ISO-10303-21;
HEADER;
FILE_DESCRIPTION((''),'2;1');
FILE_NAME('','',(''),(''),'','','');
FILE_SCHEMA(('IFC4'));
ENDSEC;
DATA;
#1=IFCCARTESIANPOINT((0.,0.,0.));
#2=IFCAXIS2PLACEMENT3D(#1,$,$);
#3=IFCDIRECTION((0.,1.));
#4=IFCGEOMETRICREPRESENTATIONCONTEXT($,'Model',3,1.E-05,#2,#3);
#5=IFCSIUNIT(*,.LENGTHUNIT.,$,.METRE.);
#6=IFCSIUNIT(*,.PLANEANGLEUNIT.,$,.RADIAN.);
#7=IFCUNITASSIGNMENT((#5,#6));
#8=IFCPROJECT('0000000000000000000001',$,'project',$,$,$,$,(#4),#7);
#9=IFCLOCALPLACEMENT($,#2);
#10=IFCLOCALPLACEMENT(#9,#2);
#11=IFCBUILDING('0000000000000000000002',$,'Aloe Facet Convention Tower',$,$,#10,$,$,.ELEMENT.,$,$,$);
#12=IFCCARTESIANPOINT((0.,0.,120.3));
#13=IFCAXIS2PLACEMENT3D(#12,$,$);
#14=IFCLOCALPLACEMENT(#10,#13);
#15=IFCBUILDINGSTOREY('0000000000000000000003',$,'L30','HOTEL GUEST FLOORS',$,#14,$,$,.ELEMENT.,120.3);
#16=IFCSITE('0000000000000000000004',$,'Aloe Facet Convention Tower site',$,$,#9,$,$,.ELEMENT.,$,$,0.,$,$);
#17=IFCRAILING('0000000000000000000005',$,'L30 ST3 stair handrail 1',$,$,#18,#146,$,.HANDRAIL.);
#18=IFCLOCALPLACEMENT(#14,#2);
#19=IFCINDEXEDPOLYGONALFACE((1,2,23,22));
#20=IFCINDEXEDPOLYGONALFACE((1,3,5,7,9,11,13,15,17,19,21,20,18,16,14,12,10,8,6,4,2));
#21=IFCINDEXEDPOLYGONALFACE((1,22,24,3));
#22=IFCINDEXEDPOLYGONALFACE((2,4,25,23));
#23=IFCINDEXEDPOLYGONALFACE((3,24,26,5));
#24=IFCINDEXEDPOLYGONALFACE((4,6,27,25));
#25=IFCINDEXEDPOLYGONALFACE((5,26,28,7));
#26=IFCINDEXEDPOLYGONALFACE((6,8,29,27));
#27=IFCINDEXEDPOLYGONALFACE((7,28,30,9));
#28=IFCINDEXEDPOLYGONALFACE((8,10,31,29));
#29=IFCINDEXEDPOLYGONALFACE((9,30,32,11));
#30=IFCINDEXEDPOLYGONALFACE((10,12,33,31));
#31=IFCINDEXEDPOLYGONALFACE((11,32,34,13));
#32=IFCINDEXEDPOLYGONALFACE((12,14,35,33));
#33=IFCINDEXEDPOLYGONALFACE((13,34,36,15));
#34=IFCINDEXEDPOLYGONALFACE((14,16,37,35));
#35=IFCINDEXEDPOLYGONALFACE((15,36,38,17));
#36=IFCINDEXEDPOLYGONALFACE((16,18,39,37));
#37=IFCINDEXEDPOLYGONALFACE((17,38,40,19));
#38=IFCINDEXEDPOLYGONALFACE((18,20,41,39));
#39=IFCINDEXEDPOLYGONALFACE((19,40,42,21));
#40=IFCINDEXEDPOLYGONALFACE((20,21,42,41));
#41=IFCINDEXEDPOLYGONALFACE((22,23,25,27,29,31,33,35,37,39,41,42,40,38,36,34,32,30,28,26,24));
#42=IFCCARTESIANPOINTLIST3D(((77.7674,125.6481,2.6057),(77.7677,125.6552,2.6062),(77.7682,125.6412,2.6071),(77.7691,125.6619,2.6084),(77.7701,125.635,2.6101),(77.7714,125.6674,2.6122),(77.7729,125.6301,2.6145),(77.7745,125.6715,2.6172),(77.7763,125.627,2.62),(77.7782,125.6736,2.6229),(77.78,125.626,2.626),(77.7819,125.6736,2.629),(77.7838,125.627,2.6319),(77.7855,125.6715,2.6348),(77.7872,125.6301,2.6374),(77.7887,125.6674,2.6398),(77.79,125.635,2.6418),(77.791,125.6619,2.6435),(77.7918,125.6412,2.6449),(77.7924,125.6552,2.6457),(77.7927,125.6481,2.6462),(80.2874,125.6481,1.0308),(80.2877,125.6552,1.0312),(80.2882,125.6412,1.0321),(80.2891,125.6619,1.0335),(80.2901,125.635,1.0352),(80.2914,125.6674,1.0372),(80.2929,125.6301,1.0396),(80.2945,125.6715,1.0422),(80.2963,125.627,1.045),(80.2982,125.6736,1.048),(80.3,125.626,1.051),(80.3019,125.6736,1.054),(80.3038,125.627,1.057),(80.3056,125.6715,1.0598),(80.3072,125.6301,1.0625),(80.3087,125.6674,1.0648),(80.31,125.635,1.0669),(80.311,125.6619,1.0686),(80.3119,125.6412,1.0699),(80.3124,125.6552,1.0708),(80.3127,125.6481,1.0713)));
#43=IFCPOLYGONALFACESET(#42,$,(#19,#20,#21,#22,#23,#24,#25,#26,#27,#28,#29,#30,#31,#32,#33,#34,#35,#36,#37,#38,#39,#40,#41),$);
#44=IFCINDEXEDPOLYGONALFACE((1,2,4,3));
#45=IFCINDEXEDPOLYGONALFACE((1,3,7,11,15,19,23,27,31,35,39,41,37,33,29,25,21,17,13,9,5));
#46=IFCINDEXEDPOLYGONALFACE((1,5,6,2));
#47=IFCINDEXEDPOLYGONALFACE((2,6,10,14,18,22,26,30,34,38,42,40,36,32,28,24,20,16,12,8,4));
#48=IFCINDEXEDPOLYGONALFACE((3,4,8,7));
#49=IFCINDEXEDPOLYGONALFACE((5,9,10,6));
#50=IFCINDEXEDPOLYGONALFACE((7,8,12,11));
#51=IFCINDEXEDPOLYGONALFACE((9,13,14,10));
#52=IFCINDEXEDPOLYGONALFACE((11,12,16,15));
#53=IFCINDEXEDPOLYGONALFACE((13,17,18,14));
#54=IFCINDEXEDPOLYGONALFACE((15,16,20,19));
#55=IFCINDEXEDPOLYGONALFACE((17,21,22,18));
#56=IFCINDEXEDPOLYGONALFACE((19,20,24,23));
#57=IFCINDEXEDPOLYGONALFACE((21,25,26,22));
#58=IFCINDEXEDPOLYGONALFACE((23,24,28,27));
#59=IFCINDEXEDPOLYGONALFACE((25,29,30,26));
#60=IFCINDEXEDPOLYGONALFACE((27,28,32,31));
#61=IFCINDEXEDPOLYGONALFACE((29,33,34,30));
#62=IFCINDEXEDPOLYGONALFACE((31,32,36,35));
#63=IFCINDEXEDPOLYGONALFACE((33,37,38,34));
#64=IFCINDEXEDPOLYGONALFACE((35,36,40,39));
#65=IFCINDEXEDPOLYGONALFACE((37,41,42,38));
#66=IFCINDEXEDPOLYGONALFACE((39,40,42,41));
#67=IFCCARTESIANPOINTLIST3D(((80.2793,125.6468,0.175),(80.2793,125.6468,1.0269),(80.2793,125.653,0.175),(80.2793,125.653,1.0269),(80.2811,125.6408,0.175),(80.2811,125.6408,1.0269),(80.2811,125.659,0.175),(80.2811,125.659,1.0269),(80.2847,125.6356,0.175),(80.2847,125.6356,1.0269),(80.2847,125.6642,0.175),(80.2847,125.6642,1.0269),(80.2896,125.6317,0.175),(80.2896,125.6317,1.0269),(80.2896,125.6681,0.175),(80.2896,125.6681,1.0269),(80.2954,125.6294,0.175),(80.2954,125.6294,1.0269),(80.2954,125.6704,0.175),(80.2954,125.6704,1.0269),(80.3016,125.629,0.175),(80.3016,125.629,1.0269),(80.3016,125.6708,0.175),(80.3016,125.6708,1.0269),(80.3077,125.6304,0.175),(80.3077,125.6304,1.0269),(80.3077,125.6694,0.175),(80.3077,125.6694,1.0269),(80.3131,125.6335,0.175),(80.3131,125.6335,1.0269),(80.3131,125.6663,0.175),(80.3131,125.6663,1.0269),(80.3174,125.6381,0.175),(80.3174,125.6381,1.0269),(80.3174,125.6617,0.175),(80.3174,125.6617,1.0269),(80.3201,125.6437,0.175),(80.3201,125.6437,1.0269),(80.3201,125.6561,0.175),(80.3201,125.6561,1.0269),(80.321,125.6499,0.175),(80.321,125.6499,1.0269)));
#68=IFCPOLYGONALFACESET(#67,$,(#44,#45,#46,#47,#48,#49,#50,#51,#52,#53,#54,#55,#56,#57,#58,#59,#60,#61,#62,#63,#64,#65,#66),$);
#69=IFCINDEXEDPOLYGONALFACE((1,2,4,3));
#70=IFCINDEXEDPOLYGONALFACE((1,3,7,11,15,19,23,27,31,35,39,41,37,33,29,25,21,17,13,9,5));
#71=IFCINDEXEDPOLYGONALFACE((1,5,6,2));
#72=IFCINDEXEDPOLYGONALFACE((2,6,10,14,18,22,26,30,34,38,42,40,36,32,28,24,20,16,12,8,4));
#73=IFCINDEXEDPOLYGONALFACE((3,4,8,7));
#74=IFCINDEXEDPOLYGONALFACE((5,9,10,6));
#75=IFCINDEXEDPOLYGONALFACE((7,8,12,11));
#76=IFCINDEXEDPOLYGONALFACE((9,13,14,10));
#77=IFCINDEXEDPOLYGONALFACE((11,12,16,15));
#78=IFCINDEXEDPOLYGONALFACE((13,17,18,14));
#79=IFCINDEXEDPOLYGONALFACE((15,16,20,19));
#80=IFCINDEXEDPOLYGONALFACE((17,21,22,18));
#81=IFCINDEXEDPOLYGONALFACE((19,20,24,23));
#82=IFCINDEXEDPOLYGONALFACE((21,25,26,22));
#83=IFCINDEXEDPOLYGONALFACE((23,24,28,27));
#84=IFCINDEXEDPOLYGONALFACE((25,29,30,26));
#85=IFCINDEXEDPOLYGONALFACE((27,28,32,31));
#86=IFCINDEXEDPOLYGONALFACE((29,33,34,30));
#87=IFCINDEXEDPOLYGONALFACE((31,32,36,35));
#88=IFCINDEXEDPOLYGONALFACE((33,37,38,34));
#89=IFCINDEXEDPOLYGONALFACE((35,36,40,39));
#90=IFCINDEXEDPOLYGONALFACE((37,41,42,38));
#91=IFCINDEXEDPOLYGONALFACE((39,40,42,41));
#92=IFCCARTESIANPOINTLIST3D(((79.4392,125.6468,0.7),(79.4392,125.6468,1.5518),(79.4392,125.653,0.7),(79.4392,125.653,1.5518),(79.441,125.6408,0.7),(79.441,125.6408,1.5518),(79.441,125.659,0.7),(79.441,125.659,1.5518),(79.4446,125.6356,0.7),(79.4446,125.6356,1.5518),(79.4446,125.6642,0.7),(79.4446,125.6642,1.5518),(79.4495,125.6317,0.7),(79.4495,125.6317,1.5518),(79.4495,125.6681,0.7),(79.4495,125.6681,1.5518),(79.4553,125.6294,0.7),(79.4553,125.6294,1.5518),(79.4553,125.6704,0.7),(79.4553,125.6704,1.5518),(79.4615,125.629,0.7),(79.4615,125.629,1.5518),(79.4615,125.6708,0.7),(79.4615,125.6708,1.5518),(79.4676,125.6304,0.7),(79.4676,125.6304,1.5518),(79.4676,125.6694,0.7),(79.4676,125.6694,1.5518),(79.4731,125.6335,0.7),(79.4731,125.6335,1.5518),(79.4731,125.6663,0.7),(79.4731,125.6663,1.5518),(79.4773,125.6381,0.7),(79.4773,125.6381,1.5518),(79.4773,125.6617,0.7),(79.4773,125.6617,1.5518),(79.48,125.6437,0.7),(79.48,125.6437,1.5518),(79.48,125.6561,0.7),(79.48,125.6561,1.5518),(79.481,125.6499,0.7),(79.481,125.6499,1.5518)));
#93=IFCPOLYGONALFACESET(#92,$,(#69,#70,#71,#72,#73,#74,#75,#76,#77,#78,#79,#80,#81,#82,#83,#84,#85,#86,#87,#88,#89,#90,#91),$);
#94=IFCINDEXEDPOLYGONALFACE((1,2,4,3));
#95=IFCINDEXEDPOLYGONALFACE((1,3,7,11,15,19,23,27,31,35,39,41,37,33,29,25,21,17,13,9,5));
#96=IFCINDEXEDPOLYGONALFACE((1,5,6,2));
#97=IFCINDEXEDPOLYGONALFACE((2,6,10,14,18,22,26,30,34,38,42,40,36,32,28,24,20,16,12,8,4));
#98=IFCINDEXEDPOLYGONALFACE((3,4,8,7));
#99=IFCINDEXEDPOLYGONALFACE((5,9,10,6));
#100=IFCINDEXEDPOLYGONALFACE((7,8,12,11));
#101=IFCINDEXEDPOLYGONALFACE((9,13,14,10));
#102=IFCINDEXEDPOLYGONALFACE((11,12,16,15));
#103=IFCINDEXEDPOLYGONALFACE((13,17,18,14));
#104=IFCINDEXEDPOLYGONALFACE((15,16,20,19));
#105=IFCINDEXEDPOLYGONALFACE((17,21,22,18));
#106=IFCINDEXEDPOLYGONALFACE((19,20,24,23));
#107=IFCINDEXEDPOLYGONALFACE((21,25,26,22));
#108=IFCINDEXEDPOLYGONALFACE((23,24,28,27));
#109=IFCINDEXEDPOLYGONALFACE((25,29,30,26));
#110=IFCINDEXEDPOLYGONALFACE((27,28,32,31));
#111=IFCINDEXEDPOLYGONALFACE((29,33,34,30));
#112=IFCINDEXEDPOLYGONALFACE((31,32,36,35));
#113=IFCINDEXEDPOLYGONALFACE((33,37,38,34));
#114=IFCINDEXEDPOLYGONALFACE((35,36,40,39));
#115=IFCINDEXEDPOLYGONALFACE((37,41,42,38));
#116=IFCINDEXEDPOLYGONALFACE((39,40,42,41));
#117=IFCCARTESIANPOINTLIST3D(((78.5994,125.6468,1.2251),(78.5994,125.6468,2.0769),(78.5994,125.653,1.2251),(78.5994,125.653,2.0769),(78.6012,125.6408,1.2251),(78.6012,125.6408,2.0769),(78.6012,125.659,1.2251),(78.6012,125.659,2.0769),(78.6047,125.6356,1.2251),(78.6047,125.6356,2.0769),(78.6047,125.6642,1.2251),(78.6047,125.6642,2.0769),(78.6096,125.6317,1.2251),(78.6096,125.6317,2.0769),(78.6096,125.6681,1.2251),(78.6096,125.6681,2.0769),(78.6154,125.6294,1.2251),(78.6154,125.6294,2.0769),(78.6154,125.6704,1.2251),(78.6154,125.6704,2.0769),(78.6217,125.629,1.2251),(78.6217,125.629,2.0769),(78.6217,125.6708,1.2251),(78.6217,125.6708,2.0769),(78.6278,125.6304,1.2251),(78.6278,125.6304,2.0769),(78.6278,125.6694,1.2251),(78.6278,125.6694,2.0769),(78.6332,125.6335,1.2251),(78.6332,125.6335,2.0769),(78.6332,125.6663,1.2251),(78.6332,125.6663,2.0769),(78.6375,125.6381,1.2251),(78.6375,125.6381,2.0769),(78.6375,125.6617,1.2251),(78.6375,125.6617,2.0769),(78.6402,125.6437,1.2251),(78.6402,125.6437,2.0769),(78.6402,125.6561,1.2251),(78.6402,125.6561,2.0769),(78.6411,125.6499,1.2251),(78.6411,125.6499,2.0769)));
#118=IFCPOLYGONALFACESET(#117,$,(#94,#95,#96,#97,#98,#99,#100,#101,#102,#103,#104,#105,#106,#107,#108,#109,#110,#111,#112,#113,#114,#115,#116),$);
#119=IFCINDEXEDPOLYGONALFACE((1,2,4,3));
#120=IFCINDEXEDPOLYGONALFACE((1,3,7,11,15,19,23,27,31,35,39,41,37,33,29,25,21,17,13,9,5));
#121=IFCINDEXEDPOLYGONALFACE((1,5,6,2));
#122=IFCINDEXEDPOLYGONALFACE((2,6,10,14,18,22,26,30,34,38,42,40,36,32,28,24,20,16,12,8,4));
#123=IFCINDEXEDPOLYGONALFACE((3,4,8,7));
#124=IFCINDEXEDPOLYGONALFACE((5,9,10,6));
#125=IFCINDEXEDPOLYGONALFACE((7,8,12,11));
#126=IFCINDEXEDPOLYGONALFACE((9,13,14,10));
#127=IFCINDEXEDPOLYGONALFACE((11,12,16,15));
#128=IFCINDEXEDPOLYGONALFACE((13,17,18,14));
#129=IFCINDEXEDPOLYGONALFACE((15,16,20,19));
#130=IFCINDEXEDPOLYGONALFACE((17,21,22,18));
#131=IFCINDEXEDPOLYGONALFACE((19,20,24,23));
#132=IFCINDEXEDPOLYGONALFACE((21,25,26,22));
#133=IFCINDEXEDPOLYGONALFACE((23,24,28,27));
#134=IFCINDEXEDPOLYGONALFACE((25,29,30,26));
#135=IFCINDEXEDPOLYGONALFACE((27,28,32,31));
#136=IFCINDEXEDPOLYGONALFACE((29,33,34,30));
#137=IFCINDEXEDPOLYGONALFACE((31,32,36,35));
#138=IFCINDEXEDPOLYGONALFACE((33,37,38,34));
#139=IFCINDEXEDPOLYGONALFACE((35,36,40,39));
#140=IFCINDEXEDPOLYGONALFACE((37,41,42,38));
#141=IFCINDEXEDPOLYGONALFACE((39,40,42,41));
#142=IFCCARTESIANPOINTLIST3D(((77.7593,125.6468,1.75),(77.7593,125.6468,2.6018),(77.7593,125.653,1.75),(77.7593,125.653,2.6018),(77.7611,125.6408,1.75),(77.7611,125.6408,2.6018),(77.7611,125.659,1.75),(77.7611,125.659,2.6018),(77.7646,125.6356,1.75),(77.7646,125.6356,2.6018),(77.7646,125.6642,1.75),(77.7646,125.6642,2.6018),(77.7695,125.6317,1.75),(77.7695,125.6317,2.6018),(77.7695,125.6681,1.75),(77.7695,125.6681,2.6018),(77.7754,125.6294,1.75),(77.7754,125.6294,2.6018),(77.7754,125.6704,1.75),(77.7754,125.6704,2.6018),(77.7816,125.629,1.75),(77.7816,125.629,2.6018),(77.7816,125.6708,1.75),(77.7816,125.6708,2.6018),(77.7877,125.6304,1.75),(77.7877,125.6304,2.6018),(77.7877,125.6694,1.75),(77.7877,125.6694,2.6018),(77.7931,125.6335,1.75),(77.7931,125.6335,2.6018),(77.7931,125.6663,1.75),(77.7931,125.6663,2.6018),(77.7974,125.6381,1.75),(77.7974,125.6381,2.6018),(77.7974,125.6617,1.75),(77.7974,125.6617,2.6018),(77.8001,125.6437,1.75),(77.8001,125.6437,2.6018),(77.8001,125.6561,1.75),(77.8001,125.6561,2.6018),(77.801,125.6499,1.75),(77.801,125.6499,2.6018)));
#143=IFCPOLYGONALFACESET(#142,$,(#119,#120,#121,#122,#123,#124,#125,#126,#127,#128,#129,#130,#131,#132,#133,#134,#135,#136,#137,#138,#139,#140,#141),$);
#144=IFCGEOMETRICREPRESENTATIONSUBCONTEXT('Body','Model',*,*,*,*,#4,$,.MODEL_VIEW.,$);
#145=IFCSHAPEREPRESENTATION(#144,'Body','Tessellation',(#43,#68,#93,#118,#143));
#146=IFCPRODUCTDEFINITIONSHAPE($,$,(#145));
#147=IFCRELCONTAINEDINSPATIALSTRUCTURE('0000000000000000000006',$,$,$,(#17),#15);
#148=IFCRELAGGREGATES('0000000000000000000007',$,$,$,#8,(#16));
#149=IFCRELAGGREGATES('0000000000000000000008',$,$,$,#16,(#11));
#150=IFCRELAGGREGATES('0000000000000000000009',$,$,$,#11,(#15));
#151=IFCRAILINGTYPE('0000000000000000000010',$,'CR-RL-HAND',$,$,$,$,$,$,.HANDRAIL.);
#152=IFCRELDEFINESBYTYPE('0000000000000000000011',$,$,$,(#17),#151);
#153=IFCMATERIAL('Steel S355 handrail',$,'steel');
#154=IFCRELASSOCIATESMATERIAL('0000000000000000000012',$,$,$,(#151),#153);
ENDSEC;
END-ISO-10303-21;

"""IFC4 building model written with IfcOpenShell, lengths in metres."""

from ifc_helpers import new_model, si_unit, direction, frame, origin, origin_2d, place, context, subcontext, project, spatial, circle, extrude, material, type_object, element, save


model = new_model("IFC4")

# Units and contexts
model_context = context("Model", 3, precision=1e-05, world=origin(), true_north=direction((0.0, 1.0)))
body_context = subcontext(model_context, "Body", "Model", "MODEL_VIEW")
ifc_project = project(units=[si_unit("LENGTHUNIT", "METRE"), si_unit("PLANEANGLEUNIT", "RADIAN")], contexts=[model_context])

# Site, building, storey
site_placement = place(None, origin())
site = spatial("IfcSite", under=ifc_project, at=site_placement, Name="Aloe Facet Convention Tower site", CompositionType="ELEMENT", RefElevation=0.0)
building_placement = place(site_placement, origin())
building = spatial("IfcBuilding", under=site, at=building_placement, Name="Aloe Facet Convention Tower", CompositionType="ELEMENT")
storey_placement = place(building_placement, frame((0.0, 0.0, 120.3)))
storey = spatial("IfcBuildingStorey", under=building, at=storey_placement, Name="L30", Description="HOTEL GUEST FLOORS", CompositionType="ELEMENT", Elevation=120.3)

# Railing
ifc_material_1 = material(Name="Steel S355 handrail", Category="steel")
railing_type_1 = type_object("IfcRailingType", Name="CR-RL-HAND", PredefinedType="HANDRAIL", material=ifc_material_1)
railing_1_placement = place(storey_placement, frame((80.3, 125.6499, 0.175)))
element("IfcRailing", 1, at=railing_1_placement, inside=storey, type_object=railing_type_1, Name="L30 ST3 stair handrail 1", PredefinedType="HANDRAIL", context=body_context, shape_type="SweptSolid", body=[
    extrude(circle(Radius=0.0239, at=origin_2d()), frame((0.0, 0.0, 0.876), z_axis=(-0.848008, 0.0, 0.529984), x_axis=(0.0, -1.0, 0.0)), (0.0, 0.0, 1.0), 2.9717),
    extrude(circle(Radius=0.021, at=origin_2d()), origin(), (0.0, 0.0, 1.0), 0.8518),
    extrude(circle(Radius=0.021, at=origin_2d()), frame((-0.8401, 0.0, 0.5249)), (0.0, 0.0, 1.0), 0.8518),
    extrude(circle(Radius=0.021, at=origin_2d()), frame((-1.6799, 0.0, 1.05)), (0.0, 0.0, 1.0), 0.8518),
    extrude(circle(Radius=0.021, at=origin_2d()), frame((-2.52, 0.0, 1.575)), (0.0, 0.0, 1.0), 0.8518),
])

save(model, "model.ifc")
